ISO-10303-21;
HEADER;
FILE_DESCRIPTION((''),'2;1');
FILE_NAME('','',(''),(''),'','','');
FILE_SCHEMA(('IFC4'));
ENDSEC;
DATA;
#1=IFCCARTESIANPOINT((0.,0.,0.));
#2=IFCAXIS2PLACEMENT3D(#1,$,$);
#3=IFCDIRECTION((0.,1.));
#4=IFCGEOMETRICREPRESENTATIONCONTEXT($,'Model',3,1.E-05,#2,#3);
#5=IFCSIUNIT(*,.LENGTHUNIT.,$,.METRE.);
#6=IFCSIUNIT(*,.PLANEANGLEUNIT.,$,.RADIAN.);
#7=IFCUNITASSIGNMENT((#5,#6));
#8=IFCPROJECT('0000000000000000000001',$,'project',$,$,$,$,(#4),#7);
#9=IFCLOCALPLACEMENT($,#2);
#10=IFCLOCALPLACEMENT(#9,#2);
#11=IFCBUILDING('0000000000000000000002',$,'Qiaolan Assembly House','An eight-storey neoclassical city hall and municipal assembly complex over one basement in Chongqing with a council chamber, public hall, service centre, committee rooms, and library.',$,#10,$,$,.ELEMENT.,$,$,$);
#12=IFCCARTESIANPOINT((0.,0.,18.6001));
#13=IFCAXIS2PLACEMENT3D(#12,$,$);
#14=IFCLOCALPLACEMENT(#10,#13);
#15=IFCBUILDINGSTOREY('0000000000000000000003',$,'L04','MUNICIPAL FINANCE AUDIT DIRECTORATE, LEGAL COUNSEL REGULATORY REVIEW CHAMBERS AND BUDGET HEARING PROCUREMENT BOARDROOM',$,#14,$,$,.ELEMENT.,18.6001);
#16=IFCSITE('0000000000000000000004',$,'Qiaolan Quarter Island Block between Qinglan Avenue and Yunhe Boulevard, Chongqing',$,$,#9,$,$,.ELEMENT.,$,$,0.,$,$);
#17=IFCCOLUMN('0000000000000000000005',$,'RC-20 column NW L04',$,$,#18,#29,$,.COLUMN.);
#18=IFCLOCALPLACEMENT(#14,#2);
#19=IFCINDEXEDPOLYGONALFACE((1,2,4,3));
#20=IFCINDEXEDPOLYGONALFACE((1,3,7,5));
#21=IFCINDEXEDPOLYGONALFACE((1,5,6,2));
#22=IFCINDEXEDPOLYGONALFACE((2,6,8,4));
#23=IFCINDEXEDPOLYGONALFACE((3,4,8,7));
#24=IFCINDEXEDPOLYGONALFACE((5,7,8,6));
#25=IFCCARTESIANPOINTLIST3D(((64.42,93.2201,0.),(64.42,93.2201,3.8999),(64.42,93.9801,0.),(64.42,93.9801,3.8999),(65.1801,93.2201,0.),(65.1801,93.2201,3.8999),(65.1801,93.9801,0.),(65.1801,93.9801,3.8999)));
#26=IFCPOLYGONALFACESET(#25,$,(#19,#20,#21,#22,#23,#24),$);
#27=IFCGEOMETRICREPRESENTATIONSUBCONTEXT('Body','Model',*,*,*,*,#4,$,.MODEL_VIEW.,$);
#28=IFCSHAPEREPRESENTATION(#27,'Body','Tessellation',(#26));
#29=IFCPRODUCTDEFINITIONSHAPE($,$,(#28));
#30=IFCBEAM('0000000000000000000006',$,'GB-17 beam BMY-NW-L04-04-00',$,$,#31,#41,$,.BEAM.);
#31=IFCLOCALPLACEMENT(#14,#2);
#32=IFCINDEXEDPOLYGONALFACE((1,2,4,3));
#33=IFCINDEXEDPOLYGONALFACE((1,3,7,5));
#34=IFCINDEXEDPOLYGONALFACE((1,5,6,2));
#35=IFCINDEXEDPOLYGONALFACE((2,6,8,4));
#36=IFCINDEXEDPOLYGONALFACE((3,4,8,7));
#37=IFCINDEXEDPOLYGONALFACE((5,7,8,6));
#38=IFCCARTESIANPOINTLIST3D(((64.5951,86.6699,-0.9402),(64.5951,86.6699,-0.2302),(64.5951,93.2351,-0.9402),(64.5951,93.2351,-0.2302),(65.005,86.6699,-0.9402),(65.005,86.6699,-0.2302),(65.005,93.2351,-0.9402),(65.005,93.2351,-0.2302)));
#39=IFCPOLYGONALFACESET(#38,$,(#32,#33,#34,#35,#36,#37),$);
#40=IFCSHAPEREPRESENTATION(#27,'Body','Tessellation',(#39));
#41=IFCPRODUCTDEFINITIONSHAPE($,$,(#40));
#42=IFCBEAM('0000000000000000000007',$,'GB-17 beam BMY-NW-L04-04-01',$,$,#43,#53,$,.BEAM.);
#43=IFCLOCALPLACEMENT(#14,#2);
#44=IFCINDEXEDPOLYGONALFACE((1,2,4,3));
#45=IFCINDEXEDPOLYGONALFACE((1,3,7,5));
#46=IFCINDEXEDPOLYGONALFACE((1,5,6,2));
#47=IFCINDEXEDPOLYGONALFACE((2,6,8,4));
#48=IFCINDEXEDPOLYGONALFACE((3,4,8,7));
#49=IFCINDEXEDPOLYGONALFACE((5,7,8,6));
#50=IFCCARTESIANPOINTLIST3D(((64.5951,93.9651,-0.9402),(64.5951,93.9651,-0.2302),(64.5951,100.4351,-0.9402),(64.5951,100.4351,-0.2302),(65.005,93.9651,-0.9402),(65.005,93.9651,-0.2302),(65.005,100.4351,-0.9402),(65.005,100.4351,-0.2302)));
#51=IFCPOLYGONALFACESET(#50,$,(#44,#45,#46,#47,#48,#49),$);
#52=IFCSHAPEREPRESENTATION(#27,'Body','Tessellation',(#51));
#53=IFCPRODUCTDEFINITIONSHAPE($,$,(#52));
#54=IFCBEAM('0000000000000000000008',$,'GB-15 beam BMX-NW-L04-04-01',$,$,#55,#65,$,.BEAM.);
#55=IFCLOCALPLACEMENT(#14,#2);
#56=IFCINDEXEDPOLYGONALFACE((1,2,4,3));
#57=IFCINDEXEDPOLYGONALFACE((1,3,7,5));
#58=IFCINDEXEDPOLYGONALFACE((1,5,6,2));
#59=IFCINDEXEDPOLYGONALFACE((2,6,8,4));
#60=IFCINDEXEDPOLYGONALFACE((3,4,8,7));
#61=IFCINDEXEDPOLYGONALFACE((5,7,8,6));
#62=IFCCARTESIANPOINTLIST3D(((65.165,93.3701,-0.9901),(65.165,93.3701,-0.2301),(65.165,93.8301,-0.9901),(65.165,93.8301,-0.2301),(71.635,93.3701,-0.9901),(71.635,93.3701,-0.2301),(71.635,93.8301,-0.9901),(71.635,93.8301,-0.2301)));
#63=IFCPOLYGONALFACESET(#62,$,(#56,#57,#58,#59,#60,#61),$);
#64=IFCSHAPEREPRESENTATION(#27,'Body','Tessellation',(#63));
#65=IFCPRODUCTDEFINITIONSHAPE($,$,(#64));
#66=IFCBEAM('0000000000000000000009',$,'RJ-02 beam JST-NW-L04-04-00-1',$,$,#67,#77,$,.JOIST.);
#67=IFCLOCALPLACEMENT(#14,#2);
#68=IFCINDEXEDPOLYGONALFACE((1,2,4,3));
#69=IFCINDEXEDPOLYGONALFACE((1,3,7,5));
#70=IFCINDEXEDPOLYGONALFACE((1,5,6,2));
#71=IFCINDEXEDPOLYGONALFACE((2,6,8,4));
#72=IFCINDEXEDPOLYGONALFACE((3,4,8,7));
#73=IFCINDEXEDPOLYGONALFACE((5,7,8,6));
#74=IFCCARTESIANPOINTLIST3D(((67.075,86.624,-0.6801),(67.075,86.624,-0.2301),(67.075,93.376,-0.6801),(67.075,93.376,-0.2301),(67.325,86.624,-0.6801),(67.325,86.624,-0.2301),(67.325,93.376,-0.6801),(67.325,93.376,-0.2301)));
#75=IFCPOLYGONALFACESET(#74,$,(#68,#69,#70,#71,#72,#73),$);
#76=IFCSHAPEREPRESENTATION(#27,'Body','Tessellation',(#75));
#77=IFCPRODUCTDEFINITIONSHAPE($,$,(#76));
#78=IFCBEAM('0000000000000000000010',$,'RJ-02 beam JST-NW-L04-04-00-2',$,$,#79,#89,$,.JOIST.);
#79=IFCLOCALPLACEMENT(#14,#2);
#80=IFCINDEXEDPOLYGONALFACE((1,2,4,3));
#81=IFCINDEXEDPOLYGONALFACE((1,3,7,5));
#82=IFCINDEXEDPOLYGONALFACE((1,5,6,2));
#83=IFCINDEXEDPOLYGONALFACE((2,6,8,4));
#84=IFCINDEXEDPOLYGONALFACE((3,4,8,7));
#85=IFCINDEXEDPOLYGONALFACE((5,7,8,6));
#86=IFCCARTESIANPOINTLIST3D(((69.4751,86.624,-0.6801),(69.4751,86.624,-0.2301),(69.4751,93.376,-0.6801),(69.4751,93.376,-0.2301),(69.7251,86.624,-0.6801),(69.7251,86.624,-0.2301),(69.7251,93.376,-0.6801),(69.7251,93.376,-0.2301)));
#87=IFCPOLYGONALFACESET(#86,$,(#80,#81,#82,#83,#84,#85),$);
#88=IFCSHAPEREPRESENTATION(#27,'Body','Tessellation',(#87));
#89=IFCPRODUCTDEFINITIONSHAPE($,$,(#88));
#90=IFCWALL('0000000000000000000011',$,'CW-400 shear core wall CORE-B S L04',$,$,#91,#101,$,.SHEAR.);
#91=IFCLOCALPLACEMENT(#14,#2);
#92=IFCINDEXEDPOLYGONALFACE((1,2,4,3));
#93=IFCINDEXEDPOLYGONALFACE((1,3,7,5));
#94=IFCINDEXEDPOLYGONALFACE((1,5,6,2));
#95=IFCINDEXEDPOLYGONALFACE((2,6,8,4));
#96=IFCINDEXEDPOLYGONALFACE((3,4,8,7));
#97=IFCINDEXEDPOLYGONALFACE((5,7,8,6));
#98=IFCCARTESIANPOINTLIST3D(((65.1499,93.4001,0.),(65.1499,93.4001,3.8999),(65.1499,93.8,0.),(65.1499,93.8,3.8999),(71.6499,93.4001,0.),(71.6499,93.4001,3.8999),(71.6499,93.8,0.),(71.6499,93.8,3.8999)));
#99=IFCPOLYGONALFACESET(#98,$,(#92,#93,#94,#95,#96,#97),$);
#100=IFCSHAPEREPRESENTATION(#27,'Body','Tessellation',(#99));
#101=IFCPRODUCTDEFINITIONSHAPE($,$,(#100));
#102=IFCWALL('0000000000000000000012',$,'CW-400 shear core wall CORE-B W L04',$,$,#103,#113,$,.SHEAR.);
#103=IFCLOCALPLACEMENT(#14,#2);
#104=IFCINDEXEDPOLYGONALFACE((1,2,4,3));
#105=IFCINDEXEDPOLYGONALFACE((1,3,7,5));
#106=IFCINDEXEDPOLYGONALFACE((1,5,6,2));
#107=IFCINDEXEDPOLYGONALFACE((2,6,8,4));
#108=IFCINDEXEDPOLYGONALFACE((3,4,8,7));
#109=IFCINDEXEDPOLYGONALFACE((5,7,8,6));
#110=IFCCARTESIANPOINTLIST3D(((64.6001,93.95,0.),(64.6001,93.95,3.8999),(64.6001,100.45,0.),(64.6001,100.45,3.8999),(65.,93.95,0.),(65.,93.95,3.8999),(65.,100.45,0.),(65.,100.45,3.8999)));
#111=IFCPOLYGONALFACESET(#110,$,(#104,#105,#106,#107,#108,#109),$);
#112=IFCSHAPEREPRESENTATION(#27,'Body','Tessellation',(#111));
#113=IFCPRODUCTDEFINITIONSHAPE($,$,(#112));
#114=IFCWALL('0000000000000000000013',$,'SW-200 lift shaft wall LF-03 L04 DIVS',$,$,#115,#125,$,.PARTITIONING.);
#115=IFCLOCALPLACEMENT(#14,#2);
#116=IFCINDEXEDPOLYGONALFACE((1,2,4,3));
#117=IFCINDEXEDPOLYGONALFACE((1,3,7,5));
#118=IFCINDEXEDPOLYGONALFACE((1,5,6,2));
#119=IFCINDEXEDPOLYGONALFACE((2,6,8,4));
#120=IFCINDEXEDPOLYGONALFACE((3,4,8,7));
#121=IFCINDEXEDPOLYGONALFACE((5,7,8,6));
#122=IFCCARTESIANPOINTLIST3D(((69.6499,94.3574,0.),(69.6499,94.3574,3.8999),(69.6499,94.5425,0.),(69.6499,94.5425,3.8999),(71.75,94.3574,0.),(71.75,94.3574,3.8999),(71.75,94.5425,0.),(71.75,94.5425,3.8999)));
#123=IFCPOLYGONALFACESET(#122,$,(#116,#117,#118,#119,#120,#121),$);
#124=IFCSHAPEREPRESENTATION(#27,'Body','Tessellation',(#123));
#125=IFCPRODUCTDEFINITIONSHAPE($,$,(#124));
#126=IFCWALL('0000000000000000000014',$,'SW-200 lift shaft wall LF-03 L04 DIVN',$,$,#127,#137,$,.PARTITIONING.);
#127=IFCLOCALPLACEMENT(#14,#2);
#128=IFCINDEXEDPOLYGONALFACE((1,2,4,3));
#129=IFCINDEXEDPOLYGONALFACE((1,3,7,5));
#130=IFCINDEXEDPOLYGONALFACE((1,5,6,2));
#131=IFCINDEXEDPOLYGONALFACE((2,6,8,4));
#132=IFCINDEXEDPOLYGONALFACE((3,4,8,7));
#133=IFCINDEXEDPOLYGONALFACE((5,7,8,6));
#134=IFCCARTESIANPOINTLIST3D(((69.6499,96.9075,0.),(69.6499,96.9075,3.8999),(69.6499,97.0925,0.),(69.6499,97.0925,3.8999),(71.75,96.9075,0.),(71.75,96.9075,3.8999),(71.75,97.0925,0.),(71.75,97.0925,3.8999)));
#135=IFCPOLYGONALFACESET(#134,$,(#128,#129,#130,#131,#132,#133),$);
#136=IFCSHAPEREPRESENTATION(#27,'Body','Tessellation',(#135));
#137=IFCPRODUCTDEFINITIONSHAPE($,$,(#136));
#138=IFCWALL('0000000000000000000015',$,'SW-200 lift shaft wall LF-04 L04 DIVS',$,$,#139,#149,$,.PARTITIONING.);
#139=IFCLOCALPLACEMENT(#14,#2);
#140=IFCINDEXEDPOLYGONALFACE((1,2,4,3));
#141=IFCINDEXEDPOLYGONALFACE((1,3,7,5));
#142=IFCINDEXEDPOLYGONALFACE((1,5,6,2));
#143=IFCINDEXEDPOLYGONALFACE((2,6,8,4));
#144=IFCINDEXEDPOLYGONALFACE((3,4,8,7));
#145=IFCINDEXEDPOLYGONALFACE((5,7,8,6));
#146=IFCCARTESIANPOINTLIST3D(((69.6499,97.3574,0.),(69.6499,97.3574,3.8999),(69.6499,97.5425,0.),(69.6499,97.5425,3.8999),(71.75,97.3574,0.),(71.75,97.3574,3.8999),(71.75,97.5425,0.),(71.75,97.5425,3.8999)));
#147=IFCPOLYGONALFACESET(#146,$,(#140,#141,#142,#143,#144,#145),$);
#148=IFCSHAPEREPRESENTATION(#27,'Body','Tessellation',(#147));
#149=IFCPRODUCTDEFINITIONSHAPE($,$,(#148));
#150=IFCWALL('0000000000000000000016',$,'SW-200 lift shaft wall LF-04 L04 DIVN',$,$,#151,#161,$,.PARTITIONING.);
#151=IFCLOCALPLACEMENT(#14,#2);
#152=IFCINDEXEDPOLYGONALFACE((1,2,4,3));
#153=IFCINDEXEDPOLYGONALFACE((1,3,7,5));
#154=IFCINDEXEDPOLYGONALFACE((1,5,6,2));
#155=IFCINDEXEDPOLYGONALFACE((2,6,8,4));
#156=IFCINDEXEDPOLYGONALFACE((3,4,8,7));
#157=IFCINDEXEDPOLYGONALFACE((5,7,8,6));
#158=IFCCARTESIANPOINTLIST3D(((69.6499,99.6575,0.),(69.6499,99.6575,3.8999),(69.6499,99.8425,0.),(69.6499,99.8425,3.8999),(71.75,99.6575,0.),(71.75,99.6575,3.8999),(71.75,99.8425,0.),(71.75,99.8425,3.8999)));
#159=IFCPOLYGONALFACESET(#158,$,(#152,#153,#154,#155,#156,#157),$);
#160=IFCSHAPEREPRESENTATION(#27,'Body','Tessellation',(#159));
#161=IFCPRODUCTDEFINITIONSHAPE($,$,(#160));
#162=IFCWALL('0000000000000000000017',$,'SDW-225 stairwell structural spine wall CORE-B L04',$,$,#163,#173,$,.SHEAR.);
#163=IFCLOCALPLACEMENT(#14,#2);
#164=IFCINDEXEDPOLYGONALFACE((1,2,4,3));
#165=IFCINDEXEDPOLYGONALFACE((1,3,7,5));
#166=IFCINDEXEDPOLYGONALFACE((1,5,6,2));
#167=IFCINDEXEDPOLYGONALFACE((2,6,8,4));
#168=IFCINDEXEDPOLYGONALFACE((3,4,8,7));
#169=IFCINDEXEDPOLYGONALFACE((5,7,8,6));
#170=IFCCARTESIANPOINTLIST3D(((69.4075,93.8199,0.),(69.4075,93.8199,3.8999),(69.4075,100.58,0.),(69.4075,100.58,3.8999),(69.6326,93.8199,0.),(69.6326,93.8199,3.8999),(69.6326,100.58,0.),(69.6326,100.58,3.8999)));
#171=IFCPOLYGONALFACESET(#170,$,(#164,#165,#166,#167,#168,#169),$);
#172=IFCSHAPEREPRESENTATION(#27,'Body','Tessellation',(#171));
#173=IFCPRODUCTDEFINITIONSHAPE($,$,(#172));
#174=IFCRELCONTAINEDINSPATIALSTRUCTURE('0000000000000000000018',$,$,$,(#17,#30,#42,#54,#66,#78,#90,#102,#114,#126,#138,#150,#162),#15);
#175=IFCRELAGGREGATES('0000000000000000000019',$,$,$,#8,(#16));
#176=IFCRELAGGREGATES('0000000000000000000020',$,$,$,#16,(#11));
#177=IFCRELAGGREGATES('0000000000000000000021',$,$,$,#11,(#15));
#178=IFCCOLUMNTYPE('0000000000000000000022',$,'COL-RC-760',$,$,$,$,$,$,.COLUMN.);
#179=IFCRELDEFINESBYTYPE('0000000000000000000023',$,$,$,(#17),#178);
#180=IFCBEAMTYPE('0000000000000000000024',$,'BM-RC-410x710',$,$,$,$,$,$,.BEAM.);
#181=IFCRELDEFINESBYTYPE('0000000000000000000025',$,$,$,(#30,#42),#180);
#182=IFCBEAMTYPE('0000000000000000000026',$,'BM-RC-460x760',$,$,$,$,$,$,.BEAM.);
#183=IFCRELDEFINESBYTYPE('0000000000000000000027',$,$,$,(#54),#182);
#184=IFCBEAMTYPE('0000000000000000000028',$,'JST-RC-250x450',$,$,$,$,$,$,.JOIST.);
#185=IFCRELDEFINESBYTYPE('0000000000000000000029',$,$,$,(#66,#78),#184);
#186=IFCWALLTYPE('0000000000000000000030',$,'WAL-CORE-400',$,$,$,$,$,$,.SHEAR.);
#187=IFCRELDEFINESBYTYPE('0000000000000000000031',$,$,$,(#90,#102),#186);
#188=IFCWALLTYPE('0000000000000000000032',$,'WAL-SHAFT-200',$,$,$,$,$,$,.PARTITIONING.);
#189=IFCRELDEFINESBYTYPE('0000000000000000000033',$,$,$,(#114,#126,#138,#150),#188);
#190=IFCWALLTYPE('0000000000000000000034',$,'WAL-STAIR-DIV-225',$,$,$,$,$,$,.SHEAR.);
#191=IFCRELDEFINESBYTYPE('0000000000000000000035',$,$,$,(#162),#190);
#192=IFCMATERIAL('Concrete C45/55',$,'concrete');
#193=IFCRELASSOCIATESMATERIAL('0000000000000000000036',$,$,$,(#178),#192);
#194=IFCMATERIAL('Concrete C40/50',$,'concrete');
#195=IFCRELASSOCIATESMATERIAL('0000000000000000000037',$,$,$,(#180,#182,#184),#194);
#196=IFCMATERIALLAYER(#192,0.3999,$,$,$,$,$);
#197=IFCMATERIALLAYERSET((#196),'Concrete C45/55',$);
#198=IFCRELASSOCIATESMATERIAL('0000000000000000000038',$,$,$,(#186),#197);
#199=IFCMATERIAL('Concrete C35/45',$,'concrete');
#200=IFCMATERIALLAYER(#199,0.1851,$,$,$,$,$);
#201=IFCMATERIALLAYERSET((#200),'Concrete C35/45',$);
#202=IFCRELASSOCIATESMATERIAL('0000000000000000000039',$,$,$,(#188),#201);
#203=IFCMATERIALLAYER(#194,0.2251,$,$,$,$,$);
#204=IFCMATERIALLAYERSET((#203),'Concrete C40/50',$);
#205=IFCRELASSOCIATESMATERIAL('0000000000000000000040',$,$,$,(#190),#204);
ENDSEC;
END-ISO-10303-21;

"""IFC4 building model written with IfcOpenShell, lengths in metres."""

from ifc_helpers import new_model, si_unit, direction, frame, frame_2d, origin, origin_2d, place, context, subcontext, project, spatial, rectangle, extrude, material, layer, layer_set, material_profile, profile_set, type_object, element, save


model = new_model("IFC4")

# Units and contexts
model_context = context("Model", 3, precision=1e-05, world=origin(), true_north=direction((0.0, 1.0)))
body_context = subcontext(model_context, "Body", "Model", "MODEL_VIEW")
ifc_project = project(units=[si_unit("LENGTHUNIT", "METRE"), si_unit("PLANEANGLEUNIT", "RADIAN")], contexts=[model_context])

# Site, building, storey
site_placement = place(None, origin())
site = spatial("IfcSite", under=ifc_project, at=site_placement, Name="Qiaolan Quarter Island Block between Qinglan Avenue and Yunhe Boulevard, Chongqing", CompositionType="ELEMENT", RefElevation=0.0)
building_placement = place(site_placement, origin())
building = spatial("IfcBuilding", under=site, at=building_placement, Name="Qiaolan Assembly House", Description="An eight-storey neoclassical city hall and municipal assembly complex over one basement in Chongqing with a council chamber, public hall, service centre, committee rooms, and library.", CompositionType="ELEMENT")
storey_placement = place(building_placement, frame((0.0, 0.0, 18.6001)))
storey = spatial("IfcBuildingStorey", under=building, at=storey_placement, Name="L04", Description="MUNICIPAL FINANCE AUDIT DIRECTORATE, LEGAL COUNSEL REGULATORY REVIEW CHAMBERS AND BUDGET HEARING PROCUREMENT BOARDROOM", CompositionType="ELEMENT", Elevation=18.6001)

# Column
ifc_material_1 = material(Name="Concrete C45/55", Category="concrete")
ifc_material_profile_1 = material_profile(ifc_material_1, rectangle(XDim=0.76, YDim=0.76, at=origin_2d()), Name="RC 760x760")
ifc_profile_set_1 = profile_set([ifc_material_profile_1], Name="Concrete C45/55")
column_type = type_object("IfcColumnType", Name="COL-RC-760", PredefinedType="COLUMN", material=ifc_profile_set_1)
column_placement = place(storey_placement, frame((64.8, 93.6001, 0.0), z_axis=(0.0, 0.0, 1.0), x_axis=(1.0, 0.0, 0.0)))
element("IfcColumn", 1, at=column_placement, inside=storey, type_object=column_type, Name="RC-20 column NW L04", PredefinedType="COLUMN", context=body_context, shape_type="SweptSolid", body=[
    extrude(rectangle(XDim=0.76, YDim=0.76, at=origin_2d()), origin(), (0.0, 0.0, 1.0), 3.8999),
])

# Beams
ifc_material_2 = material(Name="Concrete C40/50", Category="concrete")
ifc_material_profile_2 = material_profile(ifc_material_2, rectangle(XDim=0.4099, YDim=0.71, at=origin_2d()), Name="RCB 410x710")
ifc_profile_set_2 = profile_set([ifc_material_profile_2], Name="Concrete C40/50")
beam_type_1 = type_object("IfcBeamType", Name="BM-RC-410x710", PredefinedType="BEAM", material=ifc_profile_set_2)
beam_1_placement = place(storey_placement, frame((64.8, 86.6699, -0.5852), z_axis=(0.0, 1.0, 0.0), x_axis=(-1.0, 0.0, 0.0)))
element("IfcBeam", 2, at=beam_1_placement, inside=storey, type_object=beam_type_1, Name="GB-17 beam BMY-NW-L04-04-00", PredefinedType="BEAM", context=body_context, shape_type="SweptSolid", body=[
    extrude(rectangle(XDim=0.4099, YDim=0.71, at=origin_2d()), origin(), (0.0, 0.0, 1.0), 6.5652),
])
beam_2_placement = place(storey_placement, frame((64.8, 93.9651, -0.5852), z_axis=(0.0, 1.0, 0.0), x_axis=(-1.0, 0.0, 0.0)))
element("IfcBeam", 3, at=beam_2_placement, inside=storey, type_object=beam_type_1, Name="GB-17 beam BMY-NW-L04-04-01", PredefinedType="BEAM", context=body_context, shape_type="SweptSolid", body=[
    extrude(rectangle(XDim=0.4099, YDim=0.71, at=origin_2d()), origin(), (0.0, 0.0, 1.0), 6.47),
])
ifc_material_profile_3 = material_profile(ifc_material_2, rectangle(XDim=0.46, YDim=0.76, at=origin_2d()), Name="RCB 460x760")
ifc_profile_set_3 = profile_set([ifc_material_profile_3], Name="Concrete C40/50")
beam_type_2 = type_object("IfcBeamType", Name="BM-RC-460x760", PredefinedType="BEAM", material=ifc_profile_set_3)
beam_3_placement = place(storey_placement, frame((65.165, 93.6001, -0.6101), z_axis=(1.0, 0.0, 0.0), x_axis=(0.0, 1.0, 0.0)))
element("IfcBeam", 4, at=beam_3_placement, inside=storey, type_object=beam_type_2, Name="GB-15 beam BMX-NW-L04-04-01", PredefinedType="BEAM", context=body_context, shape_type="SweptSolid", body=[
    extrude(rectangle(XDim=0.46, YDim=0.76, at=origin_2d()), origin(), (0.0, 0.0, 1.0), 6.47),
])
ifc_material_profile_4 = material_profile(ifc_material_2, rectangle(XDim=0.25, YDim=0.45, at=origin_2d()), Name="RCB 250x450")
ifc_profile_set_4 = profile_set([ifc_material_profile_4], Name="Concrete C40/50")
beam_type_3 = type_object("IfcBeamType", Name="JST-RC-250x450", PredefinedType="JOIST", material=ifc_profile_set_4)
for number, where, z_axis, x_axis, name in (
    (5, (67.2, 86.624, -0.4551), (0.0, 1.0, 0.0), (-1.0, 0.0, 0.0), "RJ-02 beam JST-NW-L04-04-00-1"),
    (6, (69.6001, 86.624, -0.4551), (0.0, 1.0, 0.0), (-1.0, 0.0, 0.0), "RJ-02 beam JST-NW-L04-04-00-2"),
):
    element("IfcBeam", number, at=place(storey_placement, frame(where, z_axis=z_axis, x_axis=x_axis)), inside=storey, type_object=beam_type_3, Name=name, PredefinedType="JOIST", context=body_context, shape_type="SweptSolid", body=[
        extrude(rectangle(XDim=0.25, YDim=0.45, at=origin_2d()), origin(), (0.0, 0.0, 1.0), 6.752),
    ])

# Walls
ifc_layer_1 = layer(ifc_material_1, 0.3999)
ifc_layer_set_1 = layer_set([ifc_layer_1], Name="Concrete C45/55")
wall_type_1 = type_object("IfcWallType", Name="WAL-CORE-400", PredefinedType="SHEAR", material=ifc_layer_set_1)
for number, where, z_axis, x_axis, name in (
    (7, (65.1499, 93.6001, 0.0), (0.0, 0.0, 1.0), (1.0, 0.0, 0.0), "CW-400 shear core wall CORE-B S L04"),
    (8, (64.8, 100.45, 0.0), (0.0, 0.0, 1.0), (0.0, -1.0, 0.0), "CW-400 shear core wall CORE-B W L04"),
):
    element("IfcWall", number, at=place(storey_placement, frame(where, z_axis=z_axis, x_axis=x_axis)), inside=storey, type_object=wall_type_1, Name=name, PredefinedType="SHEAR", context=body_context, shape_type="SweptSolid", body=[
        extrude(rectangle(XDim=6.5, YDim=0.3999, at=frame_2d((3.25, 0.0))), origin(), (0.0, 0.0, 1.0), 3.8999),
    ])
ifc_material_3 = material(Name="Concrete C35/45", Category="concrete")
ifc_layer_2 = layer(ifc_material_3, 0.1851)
ifc_layer_set_2 = layer_set([ifc_layer_2], Name="Concrete C35/45")
wall_type_2 = type_object("IfcWallType", Name="WAL-SHAFT-200", PredefinedType="PARTITIONING", material=ifc_layer_set_2)
for number, where, z_axis, x_axis, name in (
    (9, (69.6499, 94.45, 0.0), (0.0, 0.0, 1.0), (1.0, 0.0, 0.0), "SW-200 lift shaft wall LF-03 L04 DIVS"),
    (10, (69.6499, 97.0, 0.0), (0.0, 0.0, 1.0), (1.0, 0.0, 0.0), "SW-200 lift shaft wall LF-03 L04 DIVN"),
    (11, (69.6499, 97.45, 0.0), (0.0, 0.0, 1.0), (1.0, 0.0, 0.0), "SW-200 lift shaft wall LF-04 L04 DIVS"),
    (12, (69.6499, 99.75, 0.0), (0.0, 0.0, 1.0), (1.0, 0.0, 0.0), "SW-200 lift shaft wall LF-04 L04 DIVN"),
):
    element("IfcWall", number, at=place(storey_placement, frame(where, z_axis=z_axis, x_axis=x_axis)), inside=storey, type_object=wall_type_2, Name=name, PredefinedType="PARTITIONING", context=body_context, shape_type="SweptSolid", body=[
        extrude(rectangle(XDim=2.1001, YDim=0.1851, at=frame_2d((1.05, 0.0))), origin(), (0.0, 0.0, 1.0), 3.8999),
    ])
ifc_layer_3 = layer(ifc_material_2, 0.2251)
ifc_layer_set_3 = layer_set([ifc_layer_3], Name="Concrete C40/50")
wall_type_3 = type_object("IfcWallType", Name="WAL-STAIR-DIV-225", PredefinedType="SHEAR", material=ifc_layer_set_3)
wall_placement = place(storey_placement, frame((69.52, 93.8201, 0.0), z_axis=(0.0, 0.0, 1.0), x_axis=(0.0, 1.0, 0.0)))
element("IfcWall", 13, at=wall_placement, inside=storey, type_object=wall_type_3, Name="SDW-225 stairwell structural spine wall CORE-B L04", PredefinedType="SHEAR", context=body_context, shape_type="SweptSolid", body=[
    extrude(rectangle(XDim=6.76, YDim=0.2251, at=frame_2d((3.3799, 0.0))), origin(), (0.0, 0.0, 1.0), 3.8999),
])

save(model, "model.ifc")
